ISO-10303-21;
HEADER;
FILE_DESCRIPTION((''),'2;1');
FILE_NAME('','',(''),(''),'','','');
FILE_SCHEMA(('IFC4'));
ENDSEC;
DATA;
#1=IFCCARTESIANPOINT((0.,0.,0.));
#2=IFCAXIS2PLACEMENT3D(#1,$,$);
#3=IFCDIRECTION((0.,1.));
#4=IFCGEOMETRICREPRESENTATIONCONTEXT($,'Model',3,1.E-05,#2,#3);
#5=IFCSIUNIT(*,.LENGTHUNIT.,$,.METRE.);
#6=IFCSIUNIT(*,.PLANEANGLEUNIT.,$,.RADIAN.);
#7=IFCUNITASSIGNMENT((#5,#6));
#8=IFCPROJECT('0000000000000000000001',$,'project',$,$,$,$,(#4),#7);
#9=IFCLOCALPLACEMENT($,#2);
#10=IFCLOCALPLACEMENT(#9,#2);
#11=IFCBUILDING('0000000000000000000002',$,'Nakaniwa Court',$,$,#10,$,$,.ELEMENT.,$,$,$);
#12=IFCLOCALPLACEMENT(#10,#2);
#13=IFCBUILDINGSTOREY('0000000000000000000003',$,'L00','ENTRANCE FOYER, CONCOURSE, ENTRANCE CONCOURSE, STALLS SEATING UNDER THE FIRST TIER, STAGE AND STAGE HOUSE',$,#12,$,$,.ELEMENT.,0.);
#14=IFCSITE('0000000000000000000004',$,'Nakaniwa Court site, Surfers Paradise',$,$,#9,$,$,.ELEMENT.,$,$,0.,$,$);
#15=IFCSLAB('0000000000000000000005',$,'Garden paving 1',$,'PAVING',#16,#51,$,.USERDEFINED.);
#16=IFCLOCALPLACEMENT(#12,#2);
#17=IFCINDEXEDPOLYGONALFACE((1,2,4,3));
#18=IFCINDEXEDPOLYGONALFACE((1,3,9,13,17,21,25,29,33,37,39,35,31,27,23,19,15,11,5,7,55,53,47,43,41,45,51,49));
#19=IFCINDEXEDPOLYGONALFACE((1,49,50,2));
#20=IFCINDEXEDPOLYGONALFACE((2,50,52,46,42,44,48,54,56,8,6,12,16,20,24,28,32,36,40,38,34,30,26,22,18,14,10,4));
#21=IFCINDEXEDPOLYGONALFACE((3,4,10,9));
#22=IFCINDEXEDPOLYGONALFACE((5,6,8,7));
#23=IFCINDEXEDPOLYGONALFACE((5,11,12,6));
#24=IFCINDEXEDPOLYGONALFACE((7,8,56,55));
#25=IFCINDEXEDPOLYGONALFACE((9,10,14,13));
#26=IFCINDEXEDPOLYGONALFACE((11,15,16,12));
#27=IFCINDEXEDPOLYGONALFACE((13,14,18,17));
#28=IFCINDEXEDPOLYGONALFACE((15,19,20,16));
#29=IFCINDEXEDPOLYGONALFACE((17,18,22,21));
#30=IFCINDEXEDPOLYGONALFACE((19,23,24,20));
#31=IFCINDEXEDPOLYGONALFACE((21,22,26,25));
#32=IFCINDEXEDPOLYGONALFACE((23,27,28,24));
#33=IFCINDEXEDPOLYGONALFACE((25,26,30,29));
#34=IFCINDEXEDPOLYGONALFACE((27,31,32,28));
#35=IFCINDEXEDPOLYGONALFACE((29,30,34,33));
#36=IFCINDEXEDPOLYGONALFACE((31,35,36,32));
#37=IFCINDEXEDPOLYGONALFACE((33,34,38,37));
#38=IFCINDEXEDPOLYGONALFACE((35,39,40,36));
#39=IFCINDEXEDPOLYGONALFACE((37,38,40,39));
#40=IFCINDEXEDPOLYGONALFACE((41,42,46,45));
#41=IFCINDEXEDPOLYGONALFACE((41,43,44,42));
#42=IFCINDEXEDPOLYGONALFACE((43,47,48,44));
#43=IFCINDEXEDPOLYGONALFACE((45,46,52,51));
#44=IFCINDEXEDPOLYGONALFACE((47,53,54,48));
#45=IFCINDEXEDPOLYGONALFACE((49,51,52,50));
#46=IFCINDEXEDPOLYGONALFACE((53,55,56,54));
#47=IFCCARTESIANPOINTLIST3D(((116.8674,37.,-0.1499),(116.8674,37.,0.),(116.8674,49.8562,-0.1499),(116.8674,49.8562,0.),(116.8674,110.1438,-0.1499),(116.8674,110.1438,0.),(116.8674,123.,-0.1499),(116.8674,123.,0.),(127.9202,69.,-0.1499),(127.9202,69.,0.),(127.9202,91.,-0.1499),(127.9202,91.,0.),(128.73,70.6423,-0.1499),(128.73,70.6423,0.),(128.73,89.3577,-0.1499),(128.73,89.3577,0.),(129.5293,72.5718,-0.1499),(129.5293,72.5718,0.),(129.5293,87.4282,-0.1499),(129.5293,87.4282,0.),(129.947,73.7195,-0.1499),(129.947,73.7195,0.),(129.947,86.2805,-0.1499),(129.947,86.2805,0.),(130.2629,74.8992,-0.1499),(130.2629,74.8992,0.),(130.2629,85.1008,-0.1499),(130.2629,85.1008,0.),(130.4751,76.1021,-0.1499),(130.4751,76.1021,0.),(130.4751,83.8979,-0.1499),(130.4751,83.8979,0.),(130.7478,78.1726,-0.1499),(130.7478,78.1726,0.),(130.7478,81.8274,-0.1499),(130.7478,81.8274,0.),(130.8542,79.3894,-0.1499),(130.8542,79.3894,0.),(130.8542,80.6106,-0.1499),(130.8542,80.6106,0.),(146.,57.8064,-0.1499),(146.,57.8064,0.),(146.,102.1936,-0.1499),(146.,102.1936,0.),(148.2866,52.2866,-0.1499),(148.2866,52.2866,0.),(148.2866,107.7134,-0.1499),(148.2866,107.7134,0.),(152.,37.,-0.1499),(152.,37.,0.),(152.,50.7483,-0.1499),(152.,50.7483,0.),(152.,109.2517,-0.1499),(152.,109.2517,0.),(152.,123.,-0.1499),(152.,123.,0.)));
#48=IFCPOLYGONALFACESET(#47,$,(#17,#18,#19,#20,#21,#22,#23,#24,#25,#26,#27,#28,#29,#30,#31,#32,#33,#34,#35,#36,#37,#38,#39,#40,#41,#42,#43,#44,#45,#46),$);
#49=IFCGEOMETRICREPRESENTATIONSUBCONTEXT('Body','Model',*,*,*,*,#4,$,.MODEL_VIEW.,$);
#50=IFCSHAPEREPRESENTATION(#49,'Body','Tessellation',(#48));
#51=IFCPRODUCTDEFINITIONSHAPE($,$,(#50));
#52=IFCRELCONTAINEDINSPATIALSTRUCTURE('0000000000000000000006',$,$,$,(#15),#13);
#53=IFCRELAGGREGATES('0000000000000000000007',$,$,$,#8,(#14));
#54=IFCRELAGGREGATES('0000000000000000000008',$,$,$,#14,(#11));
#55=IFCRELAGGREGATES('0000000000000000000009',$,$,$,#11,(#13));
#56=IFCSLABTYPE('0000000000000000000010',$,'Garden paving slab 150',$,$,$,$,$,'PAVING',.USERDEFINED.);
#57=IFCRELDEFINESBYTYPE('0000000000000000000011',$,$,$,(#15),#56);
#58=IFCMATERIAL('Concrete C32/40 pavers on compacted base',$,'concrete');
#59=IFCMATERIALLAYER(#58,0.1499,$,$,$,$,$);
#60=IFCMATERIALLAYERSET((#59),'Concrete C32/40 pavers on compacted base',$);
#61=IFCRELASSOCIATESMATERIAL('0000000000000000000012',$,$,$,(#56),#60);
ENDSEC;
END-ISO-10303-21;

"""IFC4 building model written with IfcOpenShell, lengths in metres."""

from ifc_helpers import new_model, si_unit, direction, frame, origin, place, context, subcontext, project, spatial, polyline, outline, extrude, material, layer, layer_set, type_object, element, save


model = new_model("IFC4")

# Units and contexts
model_context = context("Model", 3, precision=1e-05, world=origin(), true_north=direction((0.0, 1.0)))
body_context = subcontext(model_context, "Body", "Model", "MODEL_VIEW")
ifc_project = project(units=[si_unit("LENGTHUNIT", "METRE"), si_unit("PLANEANGLEUNIT", "RADIAN")], contexts=[model_context])

# Site, building, storey
site_placement = place(None, origin())
site = spatial("IfcSite", under=ifc_project, at=site_placement, Name="Nakaniwa Court site, Surfers Paradise", CompositionType="ELEMENT", RefElevation=0.0)
building_placement = place(site_placement, origin())
building = spatial("IfcBuilding", under=site, at=building_placement, Name="Nakaniwa Court", CompositionType="ELEMENT")
storey_placement = place(building_placement, origin())
storey = spatial("IfcBuildingStorey", under=building, at=storey_placement, Name="L00", Description="ENTRANCE FOYER, CONCOURSE, ENTRANCE CONCOURSE, STALLS SEATING UNDER THE FIRST TIER, STAGE AND STAGE HOUSE", CompositionType="ELEMENT", Elevation=0.0)

# Slab
ifc_material_1 = material(Name="Concrete C32/40 pavers on compacted base", Category="concrete")
ifc_layer_1 = layer(ifc_material_1, 0.1499)
ifc_layer_set_1 = layer_set([ifc_layer_1], Name="Concrete C32/40 pavers on compacted base")
slab_type_1 = type_object("IfcSlabType", Name="Garden paving slab 150", ElementType="PAVING", PredefinedType="USERDEFINED", material=ifc_layer_set_1)
slab_1_placement = place(storey_placement, frame((0.0, 0.0, -0.1499)))
element("IfcSlab", 1, at=slab_1_placement, inside=storey, type_object=slab_type_1, Name="Garden paving 1", ObjectType="PAVING", PredefinedType="USERDEFINED", context=body_context, shape_type="SweptSolid", body=[
    extrude(outline(polyline([(116.8674, 123.0), (116.8674, 110.1438), (127.9202, 91.0), (128.73, 89.3577), (129.5293, 87.4282), (129.947, 86.2805), (130.2629, 85.1008), (130.4751, 83.8979), (130.7478, 81.8274), (130.8542, 80.6106), (130.8542, 79.3894), (130.7478, 78.1726), (130.4751, 76.1021), (130.2629, 74.8992), (129.947, 73.7195), (129.5293, 72.5718), (128.73, 70.6423), (127.9202, 69.0), (116.8674, 49.8562), (116.8674, 37.0), (152.0, 37.0), (152.0, 50.7483), (148.2866, 52.2866), (146.0, 57.8064), (146.0, 102.1936), (148.2866, 107.7134), (152.0, 109.2517), (152.0, 123.0), (116.8674, 123.0)])), origin(), (0.0, 0.0, 1.0), 0.1499),
])

save(model, "model.ifc")
